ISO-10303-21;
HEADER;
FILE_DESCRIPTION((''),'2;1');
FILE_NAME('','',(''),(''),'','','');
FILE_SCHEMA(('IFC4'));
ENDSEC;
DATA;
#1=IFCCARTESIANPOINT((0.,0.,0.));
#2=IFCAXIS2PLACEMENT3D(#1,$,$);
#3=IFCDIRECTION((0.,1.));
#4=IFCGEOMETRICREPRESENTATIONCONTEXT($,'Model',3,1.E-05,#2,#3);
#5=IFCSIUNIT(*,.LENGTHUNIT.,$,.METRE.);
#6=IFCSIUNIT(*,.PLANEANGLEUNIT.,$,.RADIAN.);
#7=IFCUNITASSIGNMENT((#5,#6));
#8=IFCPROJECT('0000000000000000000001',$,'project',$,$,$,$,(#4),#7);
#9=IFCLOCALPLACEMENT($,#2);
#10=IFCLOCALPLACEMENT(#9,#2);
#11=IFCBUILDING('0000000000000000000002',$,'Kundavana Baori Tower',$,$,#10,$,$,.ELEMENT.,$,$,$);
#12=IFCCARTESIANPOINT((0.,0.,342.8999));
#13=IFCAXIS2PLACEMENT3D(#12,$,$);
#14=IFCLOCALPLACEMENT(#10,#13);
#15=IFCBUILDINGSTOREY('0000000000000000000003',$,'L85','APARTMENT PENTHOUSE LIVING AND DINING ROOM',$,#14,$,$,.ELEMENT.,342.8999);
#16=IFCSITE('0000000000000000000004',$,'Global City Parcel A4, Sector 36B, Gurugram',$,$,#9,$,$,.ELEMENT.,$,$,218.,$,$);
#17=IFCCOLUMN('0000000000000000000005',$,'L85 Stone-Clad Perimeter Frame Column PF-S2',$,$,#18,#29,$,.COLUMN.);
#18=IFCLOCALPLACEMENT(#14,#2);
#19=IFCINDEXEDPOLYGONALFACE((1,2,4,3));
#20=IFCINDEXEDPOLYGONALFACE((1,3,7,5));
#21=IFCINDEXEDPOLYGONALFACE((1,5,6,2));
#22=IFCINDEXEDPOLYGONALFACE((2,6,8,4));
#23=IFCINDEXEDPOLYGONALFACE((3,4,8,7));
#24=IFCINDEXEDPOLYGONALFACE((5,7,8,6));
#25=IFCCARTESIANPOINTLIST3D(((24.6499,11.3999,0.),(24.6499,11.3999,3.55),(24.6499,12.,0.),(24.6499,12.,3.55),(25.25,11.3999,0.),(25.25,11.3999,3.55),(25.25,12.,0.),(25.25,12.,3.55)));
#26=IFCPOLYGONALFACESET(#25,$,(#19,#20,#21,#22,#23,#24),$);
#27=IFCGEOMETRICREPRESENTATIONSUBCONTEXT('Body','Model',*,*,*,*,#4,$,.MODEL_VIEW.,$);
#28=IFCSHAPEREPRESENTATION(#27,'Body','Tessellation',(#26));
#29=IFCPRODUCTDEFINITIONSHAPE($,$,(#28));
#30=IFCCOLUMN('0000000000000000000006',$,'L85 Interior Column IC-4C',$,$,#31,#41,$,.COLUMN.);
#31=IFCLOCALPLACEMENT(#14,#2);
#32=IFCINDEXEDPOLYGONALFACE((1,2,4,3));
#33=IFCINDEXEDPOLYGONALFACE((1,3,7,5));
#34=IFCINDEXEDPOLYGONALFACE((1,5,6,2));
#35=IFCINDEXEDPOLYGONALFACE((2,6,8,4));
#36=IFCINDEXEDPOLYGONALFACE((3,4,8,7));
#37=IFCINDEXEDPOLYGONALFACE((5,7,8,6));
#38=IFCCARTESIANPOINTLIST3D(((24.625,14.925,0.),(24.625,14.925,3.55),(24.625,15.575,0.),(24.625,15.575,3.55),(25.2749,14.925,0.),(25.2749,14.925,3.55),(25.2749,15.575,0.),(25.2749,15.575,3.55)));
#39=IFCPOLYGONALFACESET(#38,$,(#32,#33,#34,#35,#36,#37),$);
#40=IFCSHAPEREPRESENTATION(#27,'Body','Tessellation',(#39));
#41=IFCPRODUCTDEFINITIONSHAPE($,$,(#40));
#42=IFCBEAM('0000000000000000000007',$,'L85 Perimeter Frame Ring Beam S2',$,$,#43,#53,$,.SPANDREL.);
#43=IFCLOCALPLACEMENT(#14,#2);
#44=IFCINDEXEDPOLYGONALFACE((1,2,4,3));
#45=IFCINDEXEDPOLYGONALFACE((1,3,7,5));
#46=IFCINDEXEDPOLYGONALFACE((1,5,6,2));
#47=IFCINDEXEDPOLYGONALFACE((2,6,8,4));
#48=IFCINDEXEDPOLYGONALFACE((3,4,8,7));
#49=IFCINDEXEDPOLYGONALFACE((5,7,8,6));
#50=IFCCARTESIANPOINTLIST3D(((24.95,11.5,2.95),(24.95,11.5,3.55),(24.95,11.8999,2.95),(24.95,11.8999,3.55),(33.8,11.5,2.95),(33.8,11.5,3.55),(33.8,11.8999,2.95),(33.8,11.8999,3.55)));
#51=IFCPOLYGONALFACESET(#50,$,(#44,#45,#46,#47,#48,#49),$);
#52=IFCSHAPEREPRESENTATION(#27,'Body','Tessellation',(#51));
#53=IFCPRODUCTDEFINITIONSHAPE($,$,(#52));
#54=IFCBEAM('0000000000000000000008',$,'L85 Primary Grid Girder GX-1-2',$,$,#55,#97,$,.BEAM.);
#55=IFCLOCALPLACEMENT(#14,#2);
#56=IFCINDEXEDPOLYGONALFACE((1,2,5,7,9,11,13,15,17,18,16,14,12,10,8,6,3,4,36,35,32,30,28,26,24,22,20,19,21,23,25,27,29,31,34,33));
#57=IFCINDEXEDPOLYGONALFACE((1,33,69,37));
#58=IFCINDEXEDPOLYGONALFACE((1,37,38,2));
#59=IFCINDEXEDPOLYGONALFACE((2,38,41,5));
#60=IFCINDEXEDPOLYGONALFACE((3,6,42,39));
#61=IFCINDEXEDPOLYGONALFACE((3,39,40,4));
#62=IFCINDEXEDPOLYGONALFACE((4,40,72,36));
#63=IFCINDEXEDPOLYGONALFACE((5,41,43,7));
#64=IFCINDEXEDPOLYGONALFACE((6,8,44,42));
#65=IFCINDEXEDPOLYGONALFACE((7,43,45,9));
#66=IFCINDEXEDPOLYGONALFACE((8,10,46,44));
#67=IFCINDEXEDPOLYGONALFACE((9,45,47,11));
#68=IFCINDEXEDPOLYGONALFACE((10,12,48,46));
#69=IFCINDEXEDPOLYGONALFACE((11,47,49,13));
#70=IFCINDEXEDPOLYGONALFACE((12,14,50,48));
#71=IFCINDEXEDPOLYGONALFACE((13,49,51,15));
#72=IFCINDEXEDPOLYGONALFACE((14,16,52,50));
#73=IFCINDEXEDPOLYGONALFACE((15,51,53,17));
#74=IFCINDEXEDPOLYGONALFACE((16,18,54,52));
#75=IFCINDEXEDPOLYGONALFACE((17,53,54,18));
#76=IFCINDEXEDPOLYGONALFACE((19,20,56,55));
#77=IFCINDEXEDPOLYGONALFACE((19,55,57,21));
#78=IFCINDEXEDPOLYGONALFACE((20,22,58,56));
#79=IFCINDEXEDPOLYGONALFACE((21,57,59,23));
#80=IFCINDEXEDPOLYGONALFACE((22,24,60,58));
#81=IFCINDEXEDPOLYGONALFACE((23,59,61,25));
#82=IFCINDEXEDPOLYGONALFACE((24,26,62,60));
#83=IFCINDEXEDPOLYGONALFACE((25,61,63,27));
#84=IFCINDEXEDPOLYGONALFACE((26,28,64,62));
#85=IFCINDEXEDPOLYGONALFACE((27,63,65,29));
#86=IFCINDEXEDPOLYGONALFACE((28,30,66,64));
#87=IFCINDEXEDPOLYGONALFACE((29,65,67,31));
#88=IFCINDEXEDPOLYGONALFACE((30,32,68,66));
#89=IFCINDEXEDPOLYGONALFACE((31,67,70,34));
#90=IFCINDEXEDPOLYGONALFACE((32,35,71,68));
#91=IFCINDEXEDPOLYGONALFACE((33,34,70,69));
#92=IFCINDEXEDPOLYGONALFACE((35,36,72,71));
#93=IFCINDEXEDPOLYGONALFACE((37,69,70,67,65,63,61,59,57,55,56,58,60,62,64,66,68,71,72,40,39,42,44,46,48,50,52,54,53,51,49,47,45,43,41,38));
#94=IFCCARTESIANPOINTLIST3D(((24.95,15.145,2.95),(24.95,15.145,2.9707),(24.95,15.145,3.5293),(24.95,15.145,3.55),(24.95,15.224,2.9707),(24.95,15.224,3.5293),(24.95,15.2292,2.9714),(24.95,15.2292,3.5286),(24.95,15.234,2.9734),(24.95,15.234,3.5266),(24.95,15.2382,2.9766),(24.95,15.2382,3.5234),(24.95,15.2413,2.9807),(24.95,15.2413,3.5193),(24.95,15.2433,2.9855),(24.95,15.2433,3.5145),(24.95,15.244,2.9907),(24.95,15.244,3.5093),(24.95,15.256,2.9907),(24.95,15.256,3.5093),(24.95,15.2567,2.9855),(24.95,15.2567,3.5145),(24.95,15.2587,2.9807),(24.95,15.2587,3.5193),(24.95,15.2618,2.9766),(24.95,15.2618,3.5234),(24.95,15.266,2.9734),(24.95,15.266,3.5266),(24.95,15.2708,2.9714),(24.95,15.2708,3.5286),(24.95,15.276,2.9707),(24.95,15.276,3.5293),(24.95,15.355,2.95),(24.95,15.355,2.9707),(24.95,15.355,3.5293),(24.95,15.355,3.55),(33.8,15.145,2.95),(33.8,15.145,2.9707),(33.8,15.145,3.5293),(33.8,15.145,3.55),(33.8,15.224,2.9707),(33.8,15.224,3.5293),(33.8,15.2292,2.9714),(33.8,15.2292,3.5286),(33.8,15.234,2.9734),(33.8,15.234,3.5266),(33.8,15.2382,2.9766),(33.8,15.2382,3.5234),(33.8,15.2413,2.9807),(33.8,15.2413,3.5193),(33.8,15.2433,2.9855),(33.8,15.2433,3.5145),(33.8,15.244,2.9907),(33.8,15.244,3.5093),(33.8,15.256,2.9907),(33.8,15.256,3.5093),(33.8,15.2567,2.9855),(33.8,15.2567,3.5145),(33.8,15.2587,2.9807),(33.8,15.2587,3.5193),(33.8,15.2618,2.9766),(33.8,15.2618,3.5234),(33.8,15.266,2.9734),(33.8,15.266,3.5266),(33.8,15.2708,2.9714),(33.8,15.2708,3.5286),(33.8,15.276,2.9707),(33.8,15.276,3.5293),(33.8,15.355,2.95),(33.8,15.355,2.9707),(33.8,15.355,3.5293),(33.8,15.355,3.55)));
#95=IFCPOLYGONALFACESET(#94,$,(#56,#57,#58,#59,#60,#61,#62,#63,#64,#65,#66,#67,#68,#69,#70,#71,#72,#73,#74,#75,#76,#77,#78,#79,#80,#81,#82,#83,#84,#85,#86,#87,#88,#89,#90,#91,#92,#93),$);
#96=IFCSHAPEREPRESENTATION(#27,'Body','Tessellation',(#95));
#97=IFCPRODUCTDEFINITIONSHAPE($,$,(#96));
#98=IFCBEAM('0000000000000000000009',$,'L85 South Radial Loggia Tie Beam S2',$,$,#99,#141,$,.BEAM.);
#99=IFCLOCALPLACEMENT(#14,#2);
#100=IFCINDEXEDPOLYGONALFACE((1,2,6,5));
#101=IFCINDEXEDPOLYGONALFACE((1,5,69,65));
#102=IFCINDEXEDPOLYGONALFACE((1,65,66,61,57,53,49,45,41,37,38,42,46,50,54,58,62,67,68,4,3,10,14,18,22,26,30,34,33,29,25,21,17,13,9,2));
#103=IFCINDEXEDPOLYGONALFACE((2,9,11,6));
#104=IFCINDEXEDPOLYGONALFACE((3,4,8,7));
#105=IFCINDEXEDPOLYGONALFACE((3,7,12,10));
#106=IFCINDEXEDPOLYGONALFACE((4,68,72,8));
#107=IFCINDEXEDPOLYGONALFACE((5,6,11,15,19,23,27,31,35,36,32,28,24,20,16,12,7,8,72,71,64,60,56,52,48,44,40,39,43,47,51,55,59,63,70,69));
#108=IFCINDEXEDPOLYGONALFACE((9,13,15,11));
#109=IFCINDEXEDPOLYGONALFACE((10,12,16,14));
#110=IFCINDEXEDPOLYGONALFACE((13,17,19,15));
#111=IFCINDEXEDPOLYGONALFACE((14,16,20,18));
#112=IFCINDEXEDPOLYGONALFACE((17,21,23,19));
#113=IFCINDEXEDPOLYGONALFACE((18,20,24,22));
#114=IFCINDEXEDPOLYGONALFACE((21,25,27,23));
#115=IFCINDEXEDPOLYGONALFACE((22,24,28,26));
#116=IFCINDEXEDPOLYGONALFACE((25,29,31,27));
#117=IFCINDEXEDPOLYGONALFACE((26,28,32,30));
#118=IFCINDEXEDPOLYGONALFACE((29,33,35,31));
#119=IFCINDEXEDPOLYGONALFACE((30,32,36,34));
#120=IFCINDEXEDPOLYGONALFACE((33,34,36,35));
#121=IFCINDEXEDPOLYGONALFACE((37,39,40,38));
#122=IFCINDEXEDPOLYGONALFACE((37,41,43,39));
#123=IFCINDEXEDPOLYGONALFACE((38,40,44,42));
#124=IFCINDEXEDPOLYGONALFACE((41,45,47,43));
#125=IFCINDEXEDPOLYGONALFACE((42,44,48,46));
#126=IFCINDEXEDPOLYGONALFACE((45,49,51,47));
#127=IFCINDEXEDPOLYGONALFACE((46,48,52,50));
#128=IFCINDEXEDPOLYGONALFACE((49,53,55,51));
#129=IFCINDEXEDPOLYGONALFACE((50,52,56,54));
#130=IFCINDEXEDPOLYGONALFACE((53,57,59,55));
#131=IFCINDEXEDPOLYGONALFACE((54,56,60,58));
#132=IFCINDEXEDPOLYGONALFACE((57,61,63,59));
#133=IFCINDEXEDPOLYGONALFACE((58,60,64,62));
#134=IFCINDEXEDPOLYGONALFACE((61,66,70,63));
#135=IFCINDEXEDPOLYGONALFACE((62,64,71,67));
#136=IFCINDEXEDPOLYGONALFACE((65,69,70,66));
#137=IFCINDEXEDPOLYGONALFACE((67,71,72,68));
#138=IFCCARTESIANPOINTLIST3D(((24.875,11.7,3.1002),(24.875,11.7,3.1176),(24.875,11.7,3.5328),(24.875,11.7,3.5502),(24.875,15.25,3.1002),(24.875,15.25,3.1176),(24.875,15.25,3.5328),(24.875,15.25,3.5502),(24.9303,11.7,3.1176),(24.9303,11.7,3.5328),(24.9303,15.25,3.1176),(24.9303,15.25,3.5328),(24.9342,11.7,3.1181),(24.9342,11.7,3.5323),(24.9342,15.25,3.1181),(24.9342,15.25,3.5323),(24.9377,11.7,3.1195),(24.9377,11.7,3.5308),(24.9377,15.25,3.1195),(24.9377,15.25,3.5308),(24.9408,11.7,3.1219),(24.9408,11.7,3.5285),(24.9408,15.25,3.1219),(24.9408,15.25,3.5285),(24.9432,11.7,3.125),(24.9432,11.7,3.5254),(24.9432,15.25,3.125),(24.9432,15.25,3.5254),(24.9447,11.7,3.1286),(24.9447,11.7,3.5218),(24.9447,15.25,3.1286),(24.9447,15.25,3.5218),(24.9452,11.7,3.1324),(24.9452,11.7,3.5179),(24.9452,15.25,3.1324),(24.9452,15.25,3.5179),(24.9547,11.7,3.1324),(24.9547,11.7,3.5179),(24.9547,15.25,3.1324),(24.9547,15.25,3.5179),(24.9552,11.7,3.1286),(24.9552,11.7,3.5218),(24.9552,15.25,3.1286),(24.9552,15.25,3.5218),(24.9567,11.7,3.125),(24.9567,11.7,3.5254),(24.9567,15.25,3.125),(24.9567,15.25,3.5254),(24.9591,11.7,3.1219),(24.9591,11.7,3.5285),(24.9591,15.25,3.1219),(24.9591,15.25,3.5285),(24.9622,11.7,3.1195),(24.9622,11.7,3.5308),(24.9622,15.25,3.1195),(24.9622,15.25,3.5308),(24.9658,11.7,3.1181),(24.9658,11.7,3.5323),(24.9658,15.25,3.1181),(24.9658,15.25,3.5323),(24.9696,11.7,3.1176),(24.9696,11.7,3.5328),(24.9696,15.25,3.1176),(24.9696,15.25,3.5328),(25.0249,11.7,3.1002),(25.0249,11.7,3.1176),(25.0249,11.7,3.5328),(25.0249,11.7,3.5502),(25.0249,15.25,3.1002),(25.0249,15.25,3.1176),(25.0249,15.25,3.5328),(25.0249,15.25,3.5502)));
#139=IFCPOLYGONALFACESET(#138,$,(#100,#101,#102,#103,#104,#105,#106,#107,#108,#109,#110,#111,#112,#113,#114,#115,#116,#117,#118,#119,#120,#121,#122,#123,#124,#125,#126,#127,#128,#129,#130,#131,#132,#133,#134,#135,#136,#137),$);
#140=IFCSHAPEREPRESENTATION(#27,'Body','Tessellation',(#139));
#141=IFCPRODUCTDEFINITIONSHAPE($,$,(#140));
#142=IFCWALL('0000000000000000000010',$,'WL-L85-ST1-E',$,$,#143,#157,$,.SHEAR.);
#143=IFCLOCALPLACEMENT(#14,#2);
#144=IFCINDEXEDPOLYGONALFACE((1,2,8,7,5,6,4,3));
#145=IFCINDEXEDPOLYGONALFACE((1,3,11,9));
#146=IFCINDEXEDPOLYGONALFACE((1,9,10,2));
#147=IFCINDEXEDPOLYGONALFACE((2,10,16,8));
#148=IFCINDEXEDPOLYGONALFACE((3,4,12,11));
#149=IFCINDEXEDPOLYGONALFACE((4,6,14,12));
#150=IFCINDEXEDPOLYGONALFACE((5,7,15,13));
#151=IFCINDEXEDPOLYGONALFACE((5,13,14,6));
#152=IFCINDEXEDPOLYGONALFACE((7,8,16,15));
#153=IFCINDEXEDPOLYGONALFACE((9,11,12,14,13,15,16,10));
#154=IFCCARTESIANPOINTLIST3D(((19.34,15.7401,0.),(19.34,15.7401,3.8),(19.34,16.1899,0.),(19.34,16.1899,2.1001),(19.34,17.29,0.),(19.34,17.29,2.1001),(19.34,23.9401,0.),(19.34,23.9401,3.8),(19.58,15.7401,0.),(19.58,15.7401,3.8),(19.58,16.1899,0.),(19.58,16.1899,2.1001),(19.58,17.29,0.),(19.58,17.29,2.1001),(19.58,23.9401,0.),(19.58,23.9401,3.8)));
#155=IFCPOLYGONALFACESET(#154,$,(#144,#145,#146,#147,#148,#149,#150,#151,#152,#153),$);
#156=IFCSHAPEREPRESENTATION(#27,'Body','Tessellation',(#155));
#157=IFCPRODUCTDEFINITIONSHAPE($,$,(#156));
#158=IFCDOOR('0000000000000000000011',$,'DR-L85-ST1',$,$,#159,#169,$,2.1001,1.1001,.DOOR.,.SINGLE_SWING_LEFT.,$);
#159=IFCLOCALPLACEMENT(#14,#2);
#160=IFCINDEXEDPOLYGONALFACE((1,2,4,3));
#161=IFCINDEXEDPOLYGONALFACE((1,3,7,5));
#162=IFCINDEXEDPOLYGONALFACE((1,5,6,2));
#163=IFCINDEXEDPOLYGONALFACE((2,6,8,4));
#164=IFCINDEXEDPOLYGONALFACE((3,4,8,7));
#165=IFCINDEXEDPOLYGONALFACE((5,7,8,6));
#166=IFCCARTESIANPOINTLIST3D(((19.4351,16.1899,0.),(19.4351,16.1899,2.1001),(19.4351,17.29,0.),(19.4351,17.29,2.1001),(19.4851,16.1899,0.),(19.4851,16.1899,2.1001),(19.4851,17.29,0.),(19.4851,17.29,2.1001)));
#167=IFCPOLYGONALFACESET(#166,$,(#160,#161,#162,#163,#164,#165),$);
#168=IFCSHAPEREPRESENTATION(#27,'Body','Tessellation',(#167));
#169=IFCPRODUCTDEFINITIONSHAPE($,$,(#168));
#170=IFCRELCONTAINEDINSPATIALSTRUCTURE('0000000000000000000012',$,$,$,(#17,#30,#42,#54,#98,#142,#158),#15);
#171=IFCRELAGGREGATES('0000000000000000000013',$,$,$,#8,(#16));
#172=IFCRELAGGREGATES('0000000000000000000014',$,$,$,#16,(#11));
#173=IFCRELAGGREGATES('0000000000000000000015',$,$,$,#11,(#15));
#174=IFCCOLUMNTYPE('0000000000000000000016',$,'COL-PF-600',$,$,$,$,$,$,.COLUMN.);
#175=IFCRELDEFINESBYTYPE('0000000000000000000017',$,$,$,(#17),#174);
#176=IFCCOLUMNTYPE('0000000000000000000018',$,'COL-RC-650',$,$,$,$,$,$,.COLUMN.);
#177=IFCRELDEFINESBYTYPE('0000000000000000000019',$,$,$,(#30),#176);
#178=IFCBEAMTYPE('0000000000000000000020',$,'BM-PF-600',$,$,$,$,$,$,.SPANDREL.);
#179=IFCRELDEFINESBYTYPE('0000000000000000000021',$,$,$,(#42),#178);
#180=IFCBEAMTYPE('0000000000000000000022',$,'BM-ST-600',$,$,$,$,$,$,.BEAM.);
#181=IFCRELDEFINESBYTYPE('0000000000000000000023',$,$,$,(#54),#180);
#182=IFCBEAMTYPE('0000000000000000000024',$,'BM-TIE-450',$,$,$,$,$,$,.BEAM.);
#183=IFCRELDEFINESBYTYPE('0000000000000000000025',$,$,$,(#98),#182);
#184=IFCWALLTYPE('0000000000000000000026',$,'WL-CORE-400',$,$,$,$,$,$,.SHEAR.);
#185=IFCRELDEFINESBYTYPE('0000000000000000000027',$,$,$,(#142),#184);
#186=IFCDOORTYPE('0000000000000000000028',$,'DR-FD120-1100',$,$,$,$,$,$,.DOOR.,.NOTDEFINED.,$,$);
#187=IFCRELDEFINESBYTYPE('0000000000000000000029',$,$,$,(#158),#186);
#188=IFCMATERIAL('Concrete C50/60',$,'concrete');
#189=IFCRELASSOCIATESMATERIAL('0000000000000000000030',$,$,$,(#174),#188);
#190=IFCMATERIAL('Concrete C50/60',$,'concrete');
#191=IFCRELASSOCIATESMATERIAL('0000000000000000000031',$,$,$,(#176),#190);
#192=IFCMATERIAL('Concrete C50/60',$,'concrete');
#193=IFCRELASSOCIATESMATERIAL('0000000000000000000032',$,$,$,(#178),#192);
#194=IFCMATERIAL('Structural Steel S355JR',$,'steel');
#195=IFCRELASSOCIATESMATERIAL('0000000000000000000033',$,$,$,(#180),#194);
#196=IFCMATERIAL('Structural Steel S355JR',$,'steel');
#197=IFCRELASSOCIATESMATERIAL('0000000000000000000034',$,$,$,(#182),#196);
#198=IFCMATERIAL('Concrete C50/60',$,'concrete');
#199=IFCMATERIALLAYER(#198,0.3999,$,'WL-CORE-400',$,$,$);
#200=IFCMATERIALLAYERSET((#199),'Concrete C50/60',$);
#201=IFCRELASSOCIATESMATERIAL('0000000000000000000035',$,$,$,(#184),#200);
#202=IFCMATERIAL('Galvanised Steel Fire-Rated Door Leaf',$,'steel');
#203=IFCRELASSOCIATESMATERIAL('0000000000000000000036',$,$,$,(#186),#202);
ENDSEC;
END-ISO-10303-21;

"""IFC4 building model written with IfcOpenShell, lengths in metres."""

from ifc_helpers import new_model, si_unit, direction, frame, frame_2d, origin, origin_2d, place, context, subcontext, project, spatial, rectangle, i_section, extrude, material, layer, layer_set, material_profile, profile_set, type_object, element, fill, save


model = new_model("IFC4")

# Units and contexts
model_context = context("Model", 3, precision=1e-05, world=origin(), true_north=direction((0.0, 1.0)))
body_context = subcontext(model_context, "Body", "Model", "MODEL_VIEW")
ifc_project = project(units=[si_unit("LENGTHUNIT", "METRE"), si_unit("PLANEANGLEUNIT", "RADIAN")], contexts=[model_context])

# Site, building, storey
site_placement = place(None, origin())
site = spatial("IfcSite", under=ifc_project, at=site_placement, Name="Global City Parcel A4, Sector 36B, Gurugram", CompositionType="ELEMENT", RefElevation=218.0)
building_placement = place(site_placement, origin())
building = spatial("IfcBuilding", under=site, at=building_placement, Name="Kundavana Baori Tower", CompositionType="ELEMENT")
storey_placement = place(building_placement, frame((0.0, 0.0, 342.8999)))
storey = spatial("IfcBuildingStorey", under=building, at=storey_placement, Name="L85", Description="APARTMENT PENTHOUSE LIVING AND DINING ROOM", CompositionType="ELEMENT", Elevation=342.8999)

# Columns
ifc_material_1 = material(Name="Concrete C50/60", Category="concrete")
ifc_material_profile_1 = material_profile(ifc_material_1, rectangle(XDim=0.6001, YDim=0.6001, at=origin_2d()), Name="RC PF 600x600")
ifc_profile_set_1 = profile_set([ifc_material_profile_1], Name="Concrete C50/60")
column_type_1 = type_object("IfcColumnType", Name="COL-PF-600", PredefinedType="COLUMN", material=ifc_profile_set_1)
column_1_placement = place(storey_placement, frame((24.95, 11.7, 0.0), z_axis=(0.0, 0.0, 1.0), x_axis=(1.0, 0.0, 0.0)))
element("IfcColumn", 1, at=column_1_placement, inside=storey, type_object=column_type_1, Name="L85 Stone-Clad Perimeter Frame Column PF-S2", PredefinedType="COLUMN", context=body_context, shape_type="SweptSolid", body=[
    extrude(rectangle(XDim=0.6001, YDim=0.6001, at=origin_2d()), origin(), (0.0, 0.0, 1.0), 3.55),
])
ifc_material_2 = material(Name="Concrete C50/60", Category="concrete")
ifc_material_profile_2 = material_profile(ifc_material_2, rectangle(XDim=0.6499, YDim=0.6499, at=origin_2d()), Name="RC 650x650")
ifc_profile_set_2 = profile_set([ifc_material_profile_2], Name="Concrete C50/60")
column_type_2 = type_object("IfcColumnType", Name="COL-RC-650", PredefinedType="COLUMN", material=ifc_profile_set_2)
column_2_placement = place(storey_placement, frame((24.95, 15.25, 0.0), z_axis=(0.0, 0.0, 1.0), x_axis=(1.0, 0.0, 0.0)))
element("IfcColumn", 2, at=column_2_placement, inside=storey, type_object=column_type_2, Name="L85 Interior Column IC-4C", PredefinedType="COLUMN", context=body_context, shape_type="SweptSolid", body=[
    extrude(rectangle(XDim=0.6499, YDim=0.6499, at=origin_2d()), origin(), (0.0, 0.0, 1.0), 3.55),
])

# Beams
ifc_material_3 = material(Name="Concrete C50/60", Category="concrete")
ifc_material_profile_3 = material_profile(ifc_material_3, rectangle(XDim=0.3999, YDim=0.6001, at=origin_2d()), Name="RC BM 400x600")
ifc_profile_set_3 = profile_set([ifc_material_profile_3], Name="Concrete C50/60")
beam_type_1 = type_object("IfcBeamType", Name="BM-PF-600", PredefinedType="SPANDREL", material=ifc_profile_set_3)
beam_1_placement = place(storey_placement, frame((24.95, 11.7, 3.25), z_axis=(1.0, 0.0, 0.0), x_axis=(0.0, 1.0, 0.0)))
element("IfcBeam", 3, at=beam_1_placement, inside=storey, type_object=beam_type_1, Name="L85 Perimeter Frame Ring Beam S2", PredefinedType="SPANDREL", context=body_context, shape_type="SweptSolid", body=[
    extrude(rectangle(XDim=0.3999, YDim=0.6001, at=origin_2d()), origin(), (0.0, 0.0, 1.0), 8.8501),
])
ifc_material_4 = material(Name="Structural Steel S355JR", Category="steel")
ifc_material_profile_4 = material_profile(ifc_material_4, i_section(OverallWidth=0.21, OverallDepth=0.6001, WebThickness=0.012, FlangeThickness=0.0208, FilletRadius=0.02, at=origin_2d()), Name="ISMB 600")
ifc_profile_set_4 = profile_set([ifc_material_profile_4], Name="Structural Steel S355JR")
beam_type_2 = type_object("IfcBeamType", Name="BM-ST-600", PredefinedType="BEAM", material=ifc_profile_set_4)
beam_2_placement = place(storey_placement, frame((24.95, 15.25, 3.25), z_axis=(1.0, 0.0, 0.0), x_axis=(0.0, 1.0, 0.0)))
element("IfcBeam", 4, at=beam_2_placement, inside=storey, type_object=beam_type_2, Name="L85 Primary Grid Girder GX-1-2", PredefinedType="BEAM", context=body_context, shape_type="SweptSolid", body=[
    extrude(i_section(OverallWidth=0.21, OverallDepth=0.6001, WebThickness=0.012, FlangeThickness=0.0208, FilletRadius=0.02, at=origin_2d()), origin(), (0.0, 0.0, 1.0), 8.8501),
])
ifc_material_5 = material(Name="Structural Steel S355JR", Category="steel")
ifc_material_profile_5 = material_profile(ifc_material_5, i_section(OverallWidth=0.1499, OverallDepth=0.45, WebThickness=0.0095, FlangeThickness=0.0173, FilletRadius=0.0149, at=origin_2d()), Name="ISMB 450")
ifc_profile_set_5 = profile_set([ifc_material_profile_5], Name="Structural Steel S355JR")
beam_type_3 = type_object("IfcBeamType", Name="BM-TIE-450", PredefinedType="BEAM", material=ifc_profile_set_5)
beam_3_placement = place(storey_placement, frame((24.95, 15.25, 3.3252), z_axis=(0.0, -1.0, 0.0), x_axis=(1.0, 0.0, 0.0)))
element("IfcBeam", 5, at=beam_3_placement, inside=storey, type_object=beam_type_3, Name="L85 South Radial Loggia Tie Beam S2", PredefinedType="BEAM", context=body_context, shape_type="SweptSolid", body=[
    extrude(i_section(OverallWidth=0.1499, OverallDepth=0.45, WebThickness=0.0095, FlangeThickness=0.0173, FilletRadius=0.0149, at=origin_2d()), origin(), (0.0, 0.0, 1.0), 3.55),
])

# Shared definitions
ifc_material_6 = material(Name="Concrete C50/60", Category="concrete")
ifc_layer_1 = layer(ifc_material_6, 0.3999, Name="WL-CORE-400")
ifc_layer_set_1 = layer_set([ifc_layer_1], Name="Concrete C50/60")
wall_type_1 = type_object("IfcWallType", Name="WL-CORE-400", PredefinedType="SHEAR", material=ifc_layer_set_1)

# Wall, opening, door
wall_1_placement = place(storey_placement, frame((19.46, 15.74, 0.0), z_axis=(0.0, 0.0, 1.0), x_axis=(0.0, 1.0, 0.0)))
wall_1 = element("IfcWall", 6, at=wall_1_placement, inside=storey, type_object=wall_type_1, Name="WL-L85-ST1-E", PredefinedType="SHEAR", context=body_context, shape_type="SweptSolid", body=[
    extrude(rectangle(XDim=8.2, YDim=0.24, at=frame_2d((4.1001, 0.0))), origin(), (0.0, 0.0, 1.0), 3.8),
])
opening_1_placement = place(wall_1_placement, frame((0.45, 0.0, 0.0)))
opening_1 = element("IfcOpeningElement", 7, at=opening_1_placement, cuts=wall_1, PredefinedType="OPENING", context=body_context, shape_type="SweptSolid", body=[
    extrude(rectangle(XDim=1.1001, YDim=2.1001, at=frame_2d((0.55, 1.05))), frame((0.0, 0.1299, 0.0), z_axis=(0.0, -1.0, 0.0), x_axis=(1.0, 0.0, 0.0)), (0.0, 0.0, 1.0), 0.26),
])
ifc_material_7 = material(Name="Galvanised Steel Fire-Rated Door Leaf", Category="steel")
door_type_1 = type_object("IfcDoorType", Name="DR-FD120-1100", OperationType="NOTDEFINED", PredefinedType="DOOR", material=ifc_material_7)
door_1_placement = place(opening_1_placement, origin())
door_1 = element("IfcDoor", 8, at=door_1_placement, inside=storey, type_object=door_type_1, Name="DR-L85-ST1", OperationType="SINGLE_SWING_LEFT", OverallHeight=2.1001, OverallWidth=1.1001, PredefinedType="DOOR", context=body_context, shape_type="SweptSolid", body=[
    extrude(rectangle(XDim=1.1001, YDim=2.1001, at=frame_2d((0.55, 1.05))), frame((0.0, 0.0249, 0.0), z_axis=(0.0, -1.0, 0.0), x_axis=(1.0, 0.0, 0.0)), (0.0, 0.0, 1.0), 0.05),
])
fill(opening_1, door_1)

save(model, "model.ifc")
